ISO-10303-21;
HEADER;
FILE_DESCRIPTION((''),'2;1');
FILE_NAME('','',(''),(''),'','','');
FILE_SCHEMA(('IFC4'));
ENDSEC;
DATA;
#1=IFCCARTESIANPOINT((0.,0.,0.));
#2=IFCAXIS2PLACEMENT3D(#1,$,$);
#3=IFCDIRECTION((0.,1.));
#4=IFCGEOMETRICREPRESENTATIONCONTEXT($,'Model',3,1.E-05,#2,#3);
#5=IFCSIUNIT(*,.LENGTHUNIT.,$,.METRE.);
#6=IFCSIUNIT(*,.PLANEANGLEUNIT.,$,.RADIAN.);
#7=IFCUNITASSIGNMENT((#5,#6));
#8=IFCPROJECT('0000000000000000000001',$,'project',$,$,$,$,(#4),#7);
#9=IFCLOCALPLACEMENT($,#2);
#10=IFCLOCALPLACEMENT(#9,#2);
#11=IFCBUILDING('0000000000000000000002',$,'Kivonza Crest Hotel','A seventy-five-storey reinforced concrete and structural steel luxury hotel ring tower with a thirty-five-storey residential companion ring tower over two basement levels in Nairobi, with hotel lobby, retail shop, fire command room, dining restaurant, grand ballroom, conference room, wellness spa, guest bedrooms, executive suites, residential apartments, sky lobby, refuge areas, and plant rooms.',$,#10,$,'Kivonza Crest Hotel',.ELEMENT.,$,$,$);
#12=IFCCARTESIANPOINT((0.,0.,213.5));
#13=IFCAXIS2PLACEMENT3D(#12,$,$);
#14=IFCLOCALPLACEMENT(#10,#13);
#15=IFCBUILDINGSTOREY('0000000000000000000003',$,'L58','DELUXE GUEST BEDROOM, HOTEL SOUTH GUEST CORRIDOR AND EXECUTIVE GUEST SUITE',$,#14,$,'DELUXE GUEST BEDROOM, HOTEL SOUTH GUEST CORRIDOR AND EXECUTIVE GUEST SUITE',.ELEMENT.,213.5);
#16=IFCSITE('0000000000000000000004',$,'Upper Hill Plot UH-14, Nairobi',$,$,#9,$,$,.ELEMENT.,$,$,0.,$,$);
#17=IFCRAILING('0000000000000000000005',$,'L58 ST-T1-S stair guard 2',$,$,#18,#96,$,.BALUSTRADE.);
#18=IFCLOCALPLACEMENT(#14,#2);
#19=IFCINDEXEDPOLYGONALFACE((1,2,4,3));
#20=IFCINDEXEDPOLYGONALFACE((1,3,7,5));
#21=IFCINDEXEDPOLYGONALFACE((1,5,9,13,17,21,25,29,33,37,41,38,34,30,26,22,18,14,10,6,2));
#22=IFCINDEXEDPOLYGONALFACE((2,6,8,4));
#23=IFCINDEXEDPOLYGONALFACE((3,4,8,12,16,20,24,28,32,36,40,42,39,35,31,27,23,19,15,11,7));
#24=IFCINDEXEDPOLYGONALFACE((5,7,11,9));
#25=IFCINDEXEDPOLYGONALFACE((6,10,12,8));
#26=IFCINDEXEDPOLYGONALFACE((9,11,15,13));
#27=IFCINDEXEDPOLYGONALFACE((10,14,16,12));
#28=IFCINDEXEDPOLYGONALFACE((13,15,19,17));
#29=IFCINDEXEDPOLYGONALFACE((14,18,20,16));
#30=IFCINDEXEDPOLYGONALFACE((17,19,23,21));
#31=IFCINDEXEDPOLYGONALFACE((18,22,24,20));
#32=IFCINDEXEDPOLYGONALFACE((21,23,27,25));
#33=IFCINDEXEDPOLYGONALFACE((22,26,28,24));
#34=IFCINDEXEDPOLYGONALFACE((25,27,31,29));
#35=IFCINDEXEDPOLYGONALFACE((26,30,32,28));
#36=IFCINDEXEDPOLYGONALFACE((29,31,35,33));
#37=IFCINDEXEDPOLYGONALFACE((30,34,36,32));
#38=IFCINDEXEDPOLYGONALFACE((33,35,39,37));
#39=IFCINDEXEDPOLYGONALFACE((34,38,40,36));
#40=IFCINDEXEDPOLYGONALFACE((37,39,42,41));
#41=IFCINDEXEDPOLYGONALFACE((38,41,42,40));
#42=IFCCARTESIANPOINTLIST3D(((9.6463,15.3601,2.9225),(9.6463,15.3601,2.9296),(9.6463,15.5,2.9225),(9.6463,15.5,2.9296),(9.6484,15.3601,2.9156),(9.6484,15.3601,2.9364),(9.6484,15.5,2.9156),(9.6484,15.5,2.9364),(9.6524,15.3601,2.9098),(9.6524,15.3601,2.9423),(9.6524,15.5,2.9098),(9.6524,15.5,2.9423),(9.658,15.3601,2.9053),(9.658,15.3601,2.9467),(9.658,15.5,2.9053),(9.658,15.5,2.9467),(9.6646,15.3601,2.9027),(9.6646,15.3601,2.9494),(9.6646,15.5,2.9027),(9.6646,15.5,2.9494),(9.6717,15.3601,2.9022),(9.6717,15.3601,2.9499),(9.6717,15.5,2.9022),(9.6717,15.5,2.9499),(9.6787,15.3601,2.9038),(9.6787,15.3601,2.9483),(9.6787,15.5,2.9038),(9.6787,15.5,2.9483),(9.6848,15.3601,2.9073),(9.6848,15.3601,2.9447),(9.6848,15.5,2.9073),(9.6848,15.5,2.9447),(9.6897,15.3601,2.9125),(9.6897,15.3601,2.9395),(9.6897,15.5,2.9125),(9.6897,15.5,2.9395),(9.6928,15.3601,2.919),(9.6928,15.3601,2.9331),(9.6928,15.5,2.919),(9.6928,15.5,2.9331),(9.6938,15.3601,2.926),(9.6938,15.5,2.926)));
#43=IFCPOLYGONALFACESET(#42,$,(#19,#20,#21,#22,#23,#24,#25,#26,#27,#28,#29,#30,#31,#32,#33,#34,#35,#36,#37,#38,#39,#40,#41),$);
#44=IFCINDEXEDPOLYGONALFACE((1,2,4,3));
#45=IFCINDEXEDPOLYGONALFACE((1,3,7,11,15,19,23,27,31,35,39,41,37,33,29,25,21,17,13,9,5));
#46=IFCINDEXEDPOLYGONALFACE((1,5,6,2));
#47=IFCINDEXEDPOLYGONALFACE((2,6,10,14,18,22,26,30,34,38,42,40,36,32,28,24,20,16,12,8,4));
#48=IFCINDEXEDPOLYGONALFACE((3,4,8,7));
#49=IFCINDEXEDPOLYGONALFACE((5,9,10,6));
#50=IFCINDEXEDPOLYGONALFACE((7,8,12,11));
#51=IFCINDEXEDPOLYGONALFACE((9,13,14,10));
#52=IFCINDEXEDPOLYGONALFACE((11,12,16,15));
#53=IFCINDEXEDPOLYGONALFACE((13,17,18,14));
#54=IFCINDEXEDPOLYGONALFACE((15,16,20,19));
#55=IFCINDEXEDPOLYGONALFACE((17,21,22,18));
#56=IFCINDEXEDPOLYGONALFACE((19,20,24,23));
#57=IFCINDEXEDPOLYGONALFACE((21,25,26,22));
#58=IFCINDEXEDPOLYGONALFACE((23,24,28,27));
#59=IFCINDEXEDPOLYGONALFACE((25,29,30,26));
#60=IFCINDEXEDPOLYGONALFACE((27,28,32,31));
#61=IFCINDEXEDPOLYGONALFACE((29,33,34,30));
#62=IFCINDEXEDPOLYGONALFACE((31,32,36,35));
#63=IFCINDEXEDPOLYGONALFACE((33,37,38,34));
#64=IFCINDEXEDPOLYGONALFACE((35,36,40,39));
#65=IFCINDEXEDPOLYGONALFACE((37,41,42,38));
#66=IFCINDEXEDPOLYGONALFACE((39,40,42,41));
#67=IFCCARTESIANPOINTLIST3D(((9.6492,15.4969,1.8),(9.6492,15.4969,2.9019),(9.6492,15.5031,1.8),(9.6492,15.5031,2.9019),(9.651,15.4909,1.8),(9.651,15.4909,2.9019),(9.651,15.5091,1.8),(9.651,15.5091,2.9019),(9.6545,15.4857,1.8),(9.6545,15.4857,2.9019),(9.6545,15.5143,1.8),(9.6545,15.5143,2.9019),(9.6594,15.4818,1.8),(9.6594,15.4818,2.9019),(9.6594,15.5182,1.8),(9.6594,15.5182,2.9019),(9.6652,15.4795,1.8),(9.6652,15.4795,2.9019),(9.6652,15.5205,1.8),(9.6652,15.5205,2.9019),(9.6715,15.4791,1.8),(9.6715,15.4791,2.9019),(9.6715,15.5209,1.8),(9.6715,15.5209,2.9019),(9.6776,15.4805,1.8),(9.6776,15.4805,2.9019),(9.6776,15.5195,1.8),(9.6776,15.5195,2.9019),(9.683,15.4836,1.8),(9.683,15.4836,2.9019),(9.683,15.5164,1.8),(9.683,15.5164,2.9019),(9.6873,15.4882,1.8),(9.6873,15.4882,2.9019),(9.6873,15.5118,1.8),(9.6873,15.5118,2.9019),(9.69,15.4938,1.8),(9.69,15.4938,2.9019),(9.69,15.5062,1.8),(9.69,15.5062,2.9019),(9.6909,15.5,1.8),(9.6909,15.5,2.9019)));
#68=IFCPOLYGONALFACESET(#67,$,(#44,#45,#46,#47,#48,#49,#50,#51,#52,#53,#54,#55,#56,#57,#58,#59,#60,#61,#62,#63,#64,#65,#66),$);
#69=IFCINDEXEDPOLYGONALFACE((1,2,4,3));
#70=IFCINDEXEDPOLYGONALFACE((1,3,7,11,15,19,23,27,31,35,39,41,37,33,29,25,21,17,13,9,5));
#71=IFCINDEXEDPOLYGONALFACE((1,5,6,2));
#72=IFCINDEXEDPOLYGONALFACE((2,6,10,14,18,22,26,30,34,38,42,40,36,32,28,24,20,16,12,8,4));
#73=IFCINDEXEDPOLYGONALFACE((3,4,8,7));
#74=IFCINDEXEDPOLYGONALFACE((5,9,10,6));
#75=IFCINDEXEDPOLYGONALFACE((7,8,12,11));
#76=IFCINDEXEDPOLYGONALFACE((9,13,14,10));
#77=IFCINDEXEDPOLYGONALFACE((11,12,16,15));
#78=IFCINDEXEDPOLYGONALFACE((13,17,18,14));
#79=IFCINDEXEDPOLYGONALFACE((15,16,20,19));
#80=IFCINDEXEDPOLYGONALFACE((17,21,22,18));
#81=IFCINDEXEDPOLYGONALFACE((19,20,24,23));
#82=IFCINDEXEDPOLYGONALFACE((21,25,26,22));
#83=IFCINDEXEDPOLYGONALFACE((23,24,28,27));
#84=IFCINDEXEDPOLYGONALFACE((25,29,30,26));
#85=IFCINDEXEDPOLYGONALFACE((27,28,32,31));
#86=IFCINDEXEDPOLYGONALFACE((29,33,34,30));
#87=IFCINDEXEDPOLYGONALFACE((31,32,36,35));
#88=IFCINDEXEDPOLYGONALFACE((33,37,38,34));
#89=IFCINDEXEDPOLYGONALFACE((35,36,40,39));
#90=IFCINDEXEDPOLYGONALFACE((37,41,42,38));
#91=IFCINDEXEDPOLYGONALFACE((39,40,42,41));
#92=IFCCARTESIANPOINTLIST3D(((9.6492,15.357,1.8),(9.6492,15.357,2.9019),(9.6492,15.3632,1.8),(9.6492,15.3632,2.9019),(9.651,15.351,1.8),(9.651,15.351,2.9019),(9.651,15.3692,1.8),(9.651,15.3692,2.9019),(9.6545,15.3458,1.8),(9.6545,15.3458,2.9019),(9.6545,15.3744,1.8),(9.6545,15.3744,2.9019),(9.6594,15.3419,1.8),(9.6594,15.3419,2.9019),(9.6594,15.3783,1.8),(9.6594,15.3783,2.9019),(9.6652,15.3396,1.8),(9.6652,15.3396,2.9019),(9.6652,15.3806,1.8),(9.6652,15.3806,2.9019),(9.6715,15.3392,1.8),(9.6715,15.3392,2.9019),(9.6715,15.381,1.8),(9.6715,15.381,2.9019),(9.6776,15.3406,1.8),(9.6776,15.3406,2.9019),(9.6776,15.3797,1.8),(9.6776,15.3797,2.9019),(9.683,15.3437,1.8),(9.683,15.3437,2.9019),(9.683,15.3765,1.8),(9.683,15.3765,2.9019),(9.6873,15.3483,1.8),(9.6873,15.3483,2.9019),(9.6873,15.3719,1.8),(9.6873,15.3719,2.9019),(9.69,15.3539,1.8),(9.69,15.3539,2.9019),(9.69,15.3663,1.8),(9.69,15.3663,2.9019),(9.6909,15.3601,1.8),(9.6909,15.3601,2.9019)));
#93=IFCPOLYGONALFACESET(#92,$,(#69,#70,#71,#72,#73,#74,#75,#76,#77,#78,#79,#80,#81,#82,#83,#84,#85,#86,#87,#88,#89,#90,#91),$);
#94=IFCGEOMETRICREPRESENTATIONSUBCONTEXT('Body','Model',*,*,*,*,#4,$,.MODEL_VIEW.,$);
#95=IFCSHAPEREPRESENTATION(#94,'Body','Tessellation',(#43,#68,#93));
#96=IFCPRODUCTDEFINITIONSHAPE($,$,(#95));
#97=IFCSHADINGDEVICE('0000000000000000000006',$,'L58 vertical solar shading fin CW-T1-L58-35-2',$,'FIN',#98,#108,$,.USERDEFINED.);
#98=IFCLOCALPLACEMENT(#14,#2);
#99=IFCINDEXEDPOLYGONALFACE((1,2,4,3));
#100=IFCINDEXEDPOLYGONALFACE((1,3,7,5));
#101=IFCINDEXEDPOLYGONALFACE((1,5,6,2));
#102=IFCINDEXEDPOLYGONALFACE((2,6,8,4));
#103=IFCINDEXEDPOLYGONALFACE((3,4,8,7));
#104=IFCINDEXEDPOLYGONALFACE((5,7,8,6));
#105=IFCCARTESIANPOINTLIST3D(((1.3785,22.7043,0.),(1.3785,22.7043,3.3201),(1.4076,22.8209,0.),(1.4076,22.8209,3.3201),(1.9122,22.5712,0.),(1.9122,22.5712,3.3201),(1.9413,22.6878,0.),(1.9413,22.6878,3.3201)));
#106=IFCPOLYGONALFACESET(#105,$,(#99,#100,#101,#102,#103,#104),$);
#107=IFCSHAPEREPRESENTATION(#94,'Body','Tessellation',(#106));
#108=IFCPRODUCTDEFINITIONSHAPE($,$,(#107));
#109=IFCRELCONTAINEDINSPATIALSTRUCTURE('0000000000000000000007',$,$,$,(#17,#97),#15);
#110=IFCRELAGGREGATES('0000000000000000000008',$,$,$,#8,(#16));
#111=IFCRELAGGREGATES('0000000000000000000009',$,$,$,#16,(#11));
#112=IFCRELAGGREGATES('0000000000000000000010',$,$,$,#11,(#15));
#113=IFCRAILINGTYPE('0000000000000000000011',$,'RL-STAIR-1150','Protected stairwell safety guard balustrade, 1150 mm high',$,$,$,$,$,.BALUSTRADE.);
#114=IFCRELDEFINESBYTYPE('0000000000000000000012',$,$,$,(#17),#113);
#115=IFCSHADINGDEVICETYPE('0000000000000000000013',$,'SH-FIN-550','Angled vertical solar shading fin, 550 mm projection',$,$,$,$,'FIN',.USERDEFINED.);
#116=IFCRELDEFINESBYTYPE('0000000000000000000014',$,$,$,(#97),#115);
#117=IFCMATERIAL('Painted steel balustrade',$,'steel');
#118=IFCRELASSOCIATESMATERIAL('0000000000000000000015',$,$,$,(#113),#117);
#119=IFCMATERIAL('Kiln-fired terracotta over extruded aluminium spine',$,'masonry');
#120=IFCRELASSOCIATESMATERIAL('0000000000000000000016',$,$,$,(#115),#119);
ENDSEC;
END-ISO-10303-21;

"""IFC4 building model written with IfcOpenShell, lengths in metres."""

from ifc_helpers import new_model, si_unit, direction, frame, origin, origin_2d, place, context, subcontext, project, spatial, rectangle, circle, extrude, material, type_object, element, save


model = new_model("IFC4")

# Units and contexts
model_context = context("Model", 3, precision=1e-05, world=origin(), true_north=direction((0.0, 1.0)))
body_context = subcontext(model_context, "Body", "Model", "MODEL_VIEW")
ifc_project = project(units=[si_unit("LENGTHUNIT", "METRE"), si_unit("PLANEANGLEUNIT", "RADIAN")], contexts=[model_context])

# Site, building, storey
site_placement = place(None, origin())
site = spatial("IfcSite", under=ifc_project, at=site_placement, Name="Upper Hill Plot UH-14, Nairobi", CompositionType="ELEMENT", RefElevation=0.0)
building_placement = place(site_placement, origin())
building = spatial("IfcBuilding", under=site, at=building_placement, Name="Kivonza Crest Hotel", Description="A seventy-five-storey reinforced concrete and structural steel luxury hotel ring tower with a thirty-five-storey residential companion ring tower over two basement levels in Nairobi, with hotel lobby, retail shop, fire command room, dining restaurant, grand ballroom, conference room, wellness spa, guest bedrooms, executive suites, residential apartments, sky lobby, refuge areas, and plant rooms.", LongName="Kivonza Crest Hotel", CompositionType="ELEMENT")
storey_placement = place(building_placement, frame((0.0, 0.0, 213.5)))
storey = spatial("IfcBuildingStorey", under=building, at=storey_placement, Name="L58", Description="DELUXE GUEST BEDROOM, HOTEL SOUTH GUEST CORRIDOR AND EXECUTIVE GUEST SUITE", LongName="DELUXE GUEST BEDROOM, HOTEL SOUTH GUEST CORRIDOR AND EXECUTIVE GUEST SUITE", CompositionType="ELEMENT", Elevation=213.5)

# Railing
ifc_material_1 = material(Name="Painted steel balustrade", Category="steel")
railing_type_1 = type_object("IfcRailingType", Name="RL-STAIR-1150", Description="Protected stairwell safety guard balustrade, 1150 mm high", PredefinedType="BALUSTRADE", material=ifc_material_1)
railing_1_placement = place(storey_placement, frame((9.6699, 15.5, 1.8)))
element("IfcRailing", 1, at=railing_1_placement, inside=storey, type_object=railing_type_1, Name="L58 ST-T1-S stair guard 2", PredefinedType="BALUSTRADE", context=body_context, shape_type="SweptSolid", body=[
    extrude(circle(Radius=0.0239, at=origin_2d()), frame((0.0, 0.0, 1.126), z_axis=(0.0, -1.0, 0.0), x_axis=(1.0, 0.0, 0.0)), (0.0, 0.0, 1.0), 0.1399),
    extrude(circle(Radius=0.021, at=origin_2d()), origin(), (0.0, 0.0, 1.0), 1.1018),
    extrude(circle(Radius=0.021, at=origin_2d()), frame((0.0, -0.1399, 0.0)), (0.0, 0.0, 1.0), 1.1018),
])

# Shading device
ifc_material_2 = material(Name="Kiln-fired terracotta over extruded aluminium spine", Category="masonry")
shading_device_type = type_object("IfcShadingDeviceType", Name="SH-FIN-550", Description="Angled vertical solar shading fin, 550 mm projection", ElementType="FIN", PredefinedType="USERDEFINED", material=ifc_material_2)
shading_device_placement = place(storey_placement, frame((1.6599, 22.696, 0.0), z_axis=(0.0, 0.0, 1.0), x_axis=(-0.241922, -0.970296, 0.0)))
element("IfcShadingDevice", 2, at=shading_device_placement, inside=storey, type_object=shading_device_type, Name="L58 vertical solar shading fin CW-T1-L58-35-2", ObjectType="FIN", PredefinedType="USERDEFINED", context=body_context, shape_type="SweptSolid", body=[
    extrude(rectangle(XDim=0.1201, YDim=0.55, at=origin_2d()), origin(), (0.0, 0.0, 1.0), 3.3201),
])

save(model, "model.ifc")
